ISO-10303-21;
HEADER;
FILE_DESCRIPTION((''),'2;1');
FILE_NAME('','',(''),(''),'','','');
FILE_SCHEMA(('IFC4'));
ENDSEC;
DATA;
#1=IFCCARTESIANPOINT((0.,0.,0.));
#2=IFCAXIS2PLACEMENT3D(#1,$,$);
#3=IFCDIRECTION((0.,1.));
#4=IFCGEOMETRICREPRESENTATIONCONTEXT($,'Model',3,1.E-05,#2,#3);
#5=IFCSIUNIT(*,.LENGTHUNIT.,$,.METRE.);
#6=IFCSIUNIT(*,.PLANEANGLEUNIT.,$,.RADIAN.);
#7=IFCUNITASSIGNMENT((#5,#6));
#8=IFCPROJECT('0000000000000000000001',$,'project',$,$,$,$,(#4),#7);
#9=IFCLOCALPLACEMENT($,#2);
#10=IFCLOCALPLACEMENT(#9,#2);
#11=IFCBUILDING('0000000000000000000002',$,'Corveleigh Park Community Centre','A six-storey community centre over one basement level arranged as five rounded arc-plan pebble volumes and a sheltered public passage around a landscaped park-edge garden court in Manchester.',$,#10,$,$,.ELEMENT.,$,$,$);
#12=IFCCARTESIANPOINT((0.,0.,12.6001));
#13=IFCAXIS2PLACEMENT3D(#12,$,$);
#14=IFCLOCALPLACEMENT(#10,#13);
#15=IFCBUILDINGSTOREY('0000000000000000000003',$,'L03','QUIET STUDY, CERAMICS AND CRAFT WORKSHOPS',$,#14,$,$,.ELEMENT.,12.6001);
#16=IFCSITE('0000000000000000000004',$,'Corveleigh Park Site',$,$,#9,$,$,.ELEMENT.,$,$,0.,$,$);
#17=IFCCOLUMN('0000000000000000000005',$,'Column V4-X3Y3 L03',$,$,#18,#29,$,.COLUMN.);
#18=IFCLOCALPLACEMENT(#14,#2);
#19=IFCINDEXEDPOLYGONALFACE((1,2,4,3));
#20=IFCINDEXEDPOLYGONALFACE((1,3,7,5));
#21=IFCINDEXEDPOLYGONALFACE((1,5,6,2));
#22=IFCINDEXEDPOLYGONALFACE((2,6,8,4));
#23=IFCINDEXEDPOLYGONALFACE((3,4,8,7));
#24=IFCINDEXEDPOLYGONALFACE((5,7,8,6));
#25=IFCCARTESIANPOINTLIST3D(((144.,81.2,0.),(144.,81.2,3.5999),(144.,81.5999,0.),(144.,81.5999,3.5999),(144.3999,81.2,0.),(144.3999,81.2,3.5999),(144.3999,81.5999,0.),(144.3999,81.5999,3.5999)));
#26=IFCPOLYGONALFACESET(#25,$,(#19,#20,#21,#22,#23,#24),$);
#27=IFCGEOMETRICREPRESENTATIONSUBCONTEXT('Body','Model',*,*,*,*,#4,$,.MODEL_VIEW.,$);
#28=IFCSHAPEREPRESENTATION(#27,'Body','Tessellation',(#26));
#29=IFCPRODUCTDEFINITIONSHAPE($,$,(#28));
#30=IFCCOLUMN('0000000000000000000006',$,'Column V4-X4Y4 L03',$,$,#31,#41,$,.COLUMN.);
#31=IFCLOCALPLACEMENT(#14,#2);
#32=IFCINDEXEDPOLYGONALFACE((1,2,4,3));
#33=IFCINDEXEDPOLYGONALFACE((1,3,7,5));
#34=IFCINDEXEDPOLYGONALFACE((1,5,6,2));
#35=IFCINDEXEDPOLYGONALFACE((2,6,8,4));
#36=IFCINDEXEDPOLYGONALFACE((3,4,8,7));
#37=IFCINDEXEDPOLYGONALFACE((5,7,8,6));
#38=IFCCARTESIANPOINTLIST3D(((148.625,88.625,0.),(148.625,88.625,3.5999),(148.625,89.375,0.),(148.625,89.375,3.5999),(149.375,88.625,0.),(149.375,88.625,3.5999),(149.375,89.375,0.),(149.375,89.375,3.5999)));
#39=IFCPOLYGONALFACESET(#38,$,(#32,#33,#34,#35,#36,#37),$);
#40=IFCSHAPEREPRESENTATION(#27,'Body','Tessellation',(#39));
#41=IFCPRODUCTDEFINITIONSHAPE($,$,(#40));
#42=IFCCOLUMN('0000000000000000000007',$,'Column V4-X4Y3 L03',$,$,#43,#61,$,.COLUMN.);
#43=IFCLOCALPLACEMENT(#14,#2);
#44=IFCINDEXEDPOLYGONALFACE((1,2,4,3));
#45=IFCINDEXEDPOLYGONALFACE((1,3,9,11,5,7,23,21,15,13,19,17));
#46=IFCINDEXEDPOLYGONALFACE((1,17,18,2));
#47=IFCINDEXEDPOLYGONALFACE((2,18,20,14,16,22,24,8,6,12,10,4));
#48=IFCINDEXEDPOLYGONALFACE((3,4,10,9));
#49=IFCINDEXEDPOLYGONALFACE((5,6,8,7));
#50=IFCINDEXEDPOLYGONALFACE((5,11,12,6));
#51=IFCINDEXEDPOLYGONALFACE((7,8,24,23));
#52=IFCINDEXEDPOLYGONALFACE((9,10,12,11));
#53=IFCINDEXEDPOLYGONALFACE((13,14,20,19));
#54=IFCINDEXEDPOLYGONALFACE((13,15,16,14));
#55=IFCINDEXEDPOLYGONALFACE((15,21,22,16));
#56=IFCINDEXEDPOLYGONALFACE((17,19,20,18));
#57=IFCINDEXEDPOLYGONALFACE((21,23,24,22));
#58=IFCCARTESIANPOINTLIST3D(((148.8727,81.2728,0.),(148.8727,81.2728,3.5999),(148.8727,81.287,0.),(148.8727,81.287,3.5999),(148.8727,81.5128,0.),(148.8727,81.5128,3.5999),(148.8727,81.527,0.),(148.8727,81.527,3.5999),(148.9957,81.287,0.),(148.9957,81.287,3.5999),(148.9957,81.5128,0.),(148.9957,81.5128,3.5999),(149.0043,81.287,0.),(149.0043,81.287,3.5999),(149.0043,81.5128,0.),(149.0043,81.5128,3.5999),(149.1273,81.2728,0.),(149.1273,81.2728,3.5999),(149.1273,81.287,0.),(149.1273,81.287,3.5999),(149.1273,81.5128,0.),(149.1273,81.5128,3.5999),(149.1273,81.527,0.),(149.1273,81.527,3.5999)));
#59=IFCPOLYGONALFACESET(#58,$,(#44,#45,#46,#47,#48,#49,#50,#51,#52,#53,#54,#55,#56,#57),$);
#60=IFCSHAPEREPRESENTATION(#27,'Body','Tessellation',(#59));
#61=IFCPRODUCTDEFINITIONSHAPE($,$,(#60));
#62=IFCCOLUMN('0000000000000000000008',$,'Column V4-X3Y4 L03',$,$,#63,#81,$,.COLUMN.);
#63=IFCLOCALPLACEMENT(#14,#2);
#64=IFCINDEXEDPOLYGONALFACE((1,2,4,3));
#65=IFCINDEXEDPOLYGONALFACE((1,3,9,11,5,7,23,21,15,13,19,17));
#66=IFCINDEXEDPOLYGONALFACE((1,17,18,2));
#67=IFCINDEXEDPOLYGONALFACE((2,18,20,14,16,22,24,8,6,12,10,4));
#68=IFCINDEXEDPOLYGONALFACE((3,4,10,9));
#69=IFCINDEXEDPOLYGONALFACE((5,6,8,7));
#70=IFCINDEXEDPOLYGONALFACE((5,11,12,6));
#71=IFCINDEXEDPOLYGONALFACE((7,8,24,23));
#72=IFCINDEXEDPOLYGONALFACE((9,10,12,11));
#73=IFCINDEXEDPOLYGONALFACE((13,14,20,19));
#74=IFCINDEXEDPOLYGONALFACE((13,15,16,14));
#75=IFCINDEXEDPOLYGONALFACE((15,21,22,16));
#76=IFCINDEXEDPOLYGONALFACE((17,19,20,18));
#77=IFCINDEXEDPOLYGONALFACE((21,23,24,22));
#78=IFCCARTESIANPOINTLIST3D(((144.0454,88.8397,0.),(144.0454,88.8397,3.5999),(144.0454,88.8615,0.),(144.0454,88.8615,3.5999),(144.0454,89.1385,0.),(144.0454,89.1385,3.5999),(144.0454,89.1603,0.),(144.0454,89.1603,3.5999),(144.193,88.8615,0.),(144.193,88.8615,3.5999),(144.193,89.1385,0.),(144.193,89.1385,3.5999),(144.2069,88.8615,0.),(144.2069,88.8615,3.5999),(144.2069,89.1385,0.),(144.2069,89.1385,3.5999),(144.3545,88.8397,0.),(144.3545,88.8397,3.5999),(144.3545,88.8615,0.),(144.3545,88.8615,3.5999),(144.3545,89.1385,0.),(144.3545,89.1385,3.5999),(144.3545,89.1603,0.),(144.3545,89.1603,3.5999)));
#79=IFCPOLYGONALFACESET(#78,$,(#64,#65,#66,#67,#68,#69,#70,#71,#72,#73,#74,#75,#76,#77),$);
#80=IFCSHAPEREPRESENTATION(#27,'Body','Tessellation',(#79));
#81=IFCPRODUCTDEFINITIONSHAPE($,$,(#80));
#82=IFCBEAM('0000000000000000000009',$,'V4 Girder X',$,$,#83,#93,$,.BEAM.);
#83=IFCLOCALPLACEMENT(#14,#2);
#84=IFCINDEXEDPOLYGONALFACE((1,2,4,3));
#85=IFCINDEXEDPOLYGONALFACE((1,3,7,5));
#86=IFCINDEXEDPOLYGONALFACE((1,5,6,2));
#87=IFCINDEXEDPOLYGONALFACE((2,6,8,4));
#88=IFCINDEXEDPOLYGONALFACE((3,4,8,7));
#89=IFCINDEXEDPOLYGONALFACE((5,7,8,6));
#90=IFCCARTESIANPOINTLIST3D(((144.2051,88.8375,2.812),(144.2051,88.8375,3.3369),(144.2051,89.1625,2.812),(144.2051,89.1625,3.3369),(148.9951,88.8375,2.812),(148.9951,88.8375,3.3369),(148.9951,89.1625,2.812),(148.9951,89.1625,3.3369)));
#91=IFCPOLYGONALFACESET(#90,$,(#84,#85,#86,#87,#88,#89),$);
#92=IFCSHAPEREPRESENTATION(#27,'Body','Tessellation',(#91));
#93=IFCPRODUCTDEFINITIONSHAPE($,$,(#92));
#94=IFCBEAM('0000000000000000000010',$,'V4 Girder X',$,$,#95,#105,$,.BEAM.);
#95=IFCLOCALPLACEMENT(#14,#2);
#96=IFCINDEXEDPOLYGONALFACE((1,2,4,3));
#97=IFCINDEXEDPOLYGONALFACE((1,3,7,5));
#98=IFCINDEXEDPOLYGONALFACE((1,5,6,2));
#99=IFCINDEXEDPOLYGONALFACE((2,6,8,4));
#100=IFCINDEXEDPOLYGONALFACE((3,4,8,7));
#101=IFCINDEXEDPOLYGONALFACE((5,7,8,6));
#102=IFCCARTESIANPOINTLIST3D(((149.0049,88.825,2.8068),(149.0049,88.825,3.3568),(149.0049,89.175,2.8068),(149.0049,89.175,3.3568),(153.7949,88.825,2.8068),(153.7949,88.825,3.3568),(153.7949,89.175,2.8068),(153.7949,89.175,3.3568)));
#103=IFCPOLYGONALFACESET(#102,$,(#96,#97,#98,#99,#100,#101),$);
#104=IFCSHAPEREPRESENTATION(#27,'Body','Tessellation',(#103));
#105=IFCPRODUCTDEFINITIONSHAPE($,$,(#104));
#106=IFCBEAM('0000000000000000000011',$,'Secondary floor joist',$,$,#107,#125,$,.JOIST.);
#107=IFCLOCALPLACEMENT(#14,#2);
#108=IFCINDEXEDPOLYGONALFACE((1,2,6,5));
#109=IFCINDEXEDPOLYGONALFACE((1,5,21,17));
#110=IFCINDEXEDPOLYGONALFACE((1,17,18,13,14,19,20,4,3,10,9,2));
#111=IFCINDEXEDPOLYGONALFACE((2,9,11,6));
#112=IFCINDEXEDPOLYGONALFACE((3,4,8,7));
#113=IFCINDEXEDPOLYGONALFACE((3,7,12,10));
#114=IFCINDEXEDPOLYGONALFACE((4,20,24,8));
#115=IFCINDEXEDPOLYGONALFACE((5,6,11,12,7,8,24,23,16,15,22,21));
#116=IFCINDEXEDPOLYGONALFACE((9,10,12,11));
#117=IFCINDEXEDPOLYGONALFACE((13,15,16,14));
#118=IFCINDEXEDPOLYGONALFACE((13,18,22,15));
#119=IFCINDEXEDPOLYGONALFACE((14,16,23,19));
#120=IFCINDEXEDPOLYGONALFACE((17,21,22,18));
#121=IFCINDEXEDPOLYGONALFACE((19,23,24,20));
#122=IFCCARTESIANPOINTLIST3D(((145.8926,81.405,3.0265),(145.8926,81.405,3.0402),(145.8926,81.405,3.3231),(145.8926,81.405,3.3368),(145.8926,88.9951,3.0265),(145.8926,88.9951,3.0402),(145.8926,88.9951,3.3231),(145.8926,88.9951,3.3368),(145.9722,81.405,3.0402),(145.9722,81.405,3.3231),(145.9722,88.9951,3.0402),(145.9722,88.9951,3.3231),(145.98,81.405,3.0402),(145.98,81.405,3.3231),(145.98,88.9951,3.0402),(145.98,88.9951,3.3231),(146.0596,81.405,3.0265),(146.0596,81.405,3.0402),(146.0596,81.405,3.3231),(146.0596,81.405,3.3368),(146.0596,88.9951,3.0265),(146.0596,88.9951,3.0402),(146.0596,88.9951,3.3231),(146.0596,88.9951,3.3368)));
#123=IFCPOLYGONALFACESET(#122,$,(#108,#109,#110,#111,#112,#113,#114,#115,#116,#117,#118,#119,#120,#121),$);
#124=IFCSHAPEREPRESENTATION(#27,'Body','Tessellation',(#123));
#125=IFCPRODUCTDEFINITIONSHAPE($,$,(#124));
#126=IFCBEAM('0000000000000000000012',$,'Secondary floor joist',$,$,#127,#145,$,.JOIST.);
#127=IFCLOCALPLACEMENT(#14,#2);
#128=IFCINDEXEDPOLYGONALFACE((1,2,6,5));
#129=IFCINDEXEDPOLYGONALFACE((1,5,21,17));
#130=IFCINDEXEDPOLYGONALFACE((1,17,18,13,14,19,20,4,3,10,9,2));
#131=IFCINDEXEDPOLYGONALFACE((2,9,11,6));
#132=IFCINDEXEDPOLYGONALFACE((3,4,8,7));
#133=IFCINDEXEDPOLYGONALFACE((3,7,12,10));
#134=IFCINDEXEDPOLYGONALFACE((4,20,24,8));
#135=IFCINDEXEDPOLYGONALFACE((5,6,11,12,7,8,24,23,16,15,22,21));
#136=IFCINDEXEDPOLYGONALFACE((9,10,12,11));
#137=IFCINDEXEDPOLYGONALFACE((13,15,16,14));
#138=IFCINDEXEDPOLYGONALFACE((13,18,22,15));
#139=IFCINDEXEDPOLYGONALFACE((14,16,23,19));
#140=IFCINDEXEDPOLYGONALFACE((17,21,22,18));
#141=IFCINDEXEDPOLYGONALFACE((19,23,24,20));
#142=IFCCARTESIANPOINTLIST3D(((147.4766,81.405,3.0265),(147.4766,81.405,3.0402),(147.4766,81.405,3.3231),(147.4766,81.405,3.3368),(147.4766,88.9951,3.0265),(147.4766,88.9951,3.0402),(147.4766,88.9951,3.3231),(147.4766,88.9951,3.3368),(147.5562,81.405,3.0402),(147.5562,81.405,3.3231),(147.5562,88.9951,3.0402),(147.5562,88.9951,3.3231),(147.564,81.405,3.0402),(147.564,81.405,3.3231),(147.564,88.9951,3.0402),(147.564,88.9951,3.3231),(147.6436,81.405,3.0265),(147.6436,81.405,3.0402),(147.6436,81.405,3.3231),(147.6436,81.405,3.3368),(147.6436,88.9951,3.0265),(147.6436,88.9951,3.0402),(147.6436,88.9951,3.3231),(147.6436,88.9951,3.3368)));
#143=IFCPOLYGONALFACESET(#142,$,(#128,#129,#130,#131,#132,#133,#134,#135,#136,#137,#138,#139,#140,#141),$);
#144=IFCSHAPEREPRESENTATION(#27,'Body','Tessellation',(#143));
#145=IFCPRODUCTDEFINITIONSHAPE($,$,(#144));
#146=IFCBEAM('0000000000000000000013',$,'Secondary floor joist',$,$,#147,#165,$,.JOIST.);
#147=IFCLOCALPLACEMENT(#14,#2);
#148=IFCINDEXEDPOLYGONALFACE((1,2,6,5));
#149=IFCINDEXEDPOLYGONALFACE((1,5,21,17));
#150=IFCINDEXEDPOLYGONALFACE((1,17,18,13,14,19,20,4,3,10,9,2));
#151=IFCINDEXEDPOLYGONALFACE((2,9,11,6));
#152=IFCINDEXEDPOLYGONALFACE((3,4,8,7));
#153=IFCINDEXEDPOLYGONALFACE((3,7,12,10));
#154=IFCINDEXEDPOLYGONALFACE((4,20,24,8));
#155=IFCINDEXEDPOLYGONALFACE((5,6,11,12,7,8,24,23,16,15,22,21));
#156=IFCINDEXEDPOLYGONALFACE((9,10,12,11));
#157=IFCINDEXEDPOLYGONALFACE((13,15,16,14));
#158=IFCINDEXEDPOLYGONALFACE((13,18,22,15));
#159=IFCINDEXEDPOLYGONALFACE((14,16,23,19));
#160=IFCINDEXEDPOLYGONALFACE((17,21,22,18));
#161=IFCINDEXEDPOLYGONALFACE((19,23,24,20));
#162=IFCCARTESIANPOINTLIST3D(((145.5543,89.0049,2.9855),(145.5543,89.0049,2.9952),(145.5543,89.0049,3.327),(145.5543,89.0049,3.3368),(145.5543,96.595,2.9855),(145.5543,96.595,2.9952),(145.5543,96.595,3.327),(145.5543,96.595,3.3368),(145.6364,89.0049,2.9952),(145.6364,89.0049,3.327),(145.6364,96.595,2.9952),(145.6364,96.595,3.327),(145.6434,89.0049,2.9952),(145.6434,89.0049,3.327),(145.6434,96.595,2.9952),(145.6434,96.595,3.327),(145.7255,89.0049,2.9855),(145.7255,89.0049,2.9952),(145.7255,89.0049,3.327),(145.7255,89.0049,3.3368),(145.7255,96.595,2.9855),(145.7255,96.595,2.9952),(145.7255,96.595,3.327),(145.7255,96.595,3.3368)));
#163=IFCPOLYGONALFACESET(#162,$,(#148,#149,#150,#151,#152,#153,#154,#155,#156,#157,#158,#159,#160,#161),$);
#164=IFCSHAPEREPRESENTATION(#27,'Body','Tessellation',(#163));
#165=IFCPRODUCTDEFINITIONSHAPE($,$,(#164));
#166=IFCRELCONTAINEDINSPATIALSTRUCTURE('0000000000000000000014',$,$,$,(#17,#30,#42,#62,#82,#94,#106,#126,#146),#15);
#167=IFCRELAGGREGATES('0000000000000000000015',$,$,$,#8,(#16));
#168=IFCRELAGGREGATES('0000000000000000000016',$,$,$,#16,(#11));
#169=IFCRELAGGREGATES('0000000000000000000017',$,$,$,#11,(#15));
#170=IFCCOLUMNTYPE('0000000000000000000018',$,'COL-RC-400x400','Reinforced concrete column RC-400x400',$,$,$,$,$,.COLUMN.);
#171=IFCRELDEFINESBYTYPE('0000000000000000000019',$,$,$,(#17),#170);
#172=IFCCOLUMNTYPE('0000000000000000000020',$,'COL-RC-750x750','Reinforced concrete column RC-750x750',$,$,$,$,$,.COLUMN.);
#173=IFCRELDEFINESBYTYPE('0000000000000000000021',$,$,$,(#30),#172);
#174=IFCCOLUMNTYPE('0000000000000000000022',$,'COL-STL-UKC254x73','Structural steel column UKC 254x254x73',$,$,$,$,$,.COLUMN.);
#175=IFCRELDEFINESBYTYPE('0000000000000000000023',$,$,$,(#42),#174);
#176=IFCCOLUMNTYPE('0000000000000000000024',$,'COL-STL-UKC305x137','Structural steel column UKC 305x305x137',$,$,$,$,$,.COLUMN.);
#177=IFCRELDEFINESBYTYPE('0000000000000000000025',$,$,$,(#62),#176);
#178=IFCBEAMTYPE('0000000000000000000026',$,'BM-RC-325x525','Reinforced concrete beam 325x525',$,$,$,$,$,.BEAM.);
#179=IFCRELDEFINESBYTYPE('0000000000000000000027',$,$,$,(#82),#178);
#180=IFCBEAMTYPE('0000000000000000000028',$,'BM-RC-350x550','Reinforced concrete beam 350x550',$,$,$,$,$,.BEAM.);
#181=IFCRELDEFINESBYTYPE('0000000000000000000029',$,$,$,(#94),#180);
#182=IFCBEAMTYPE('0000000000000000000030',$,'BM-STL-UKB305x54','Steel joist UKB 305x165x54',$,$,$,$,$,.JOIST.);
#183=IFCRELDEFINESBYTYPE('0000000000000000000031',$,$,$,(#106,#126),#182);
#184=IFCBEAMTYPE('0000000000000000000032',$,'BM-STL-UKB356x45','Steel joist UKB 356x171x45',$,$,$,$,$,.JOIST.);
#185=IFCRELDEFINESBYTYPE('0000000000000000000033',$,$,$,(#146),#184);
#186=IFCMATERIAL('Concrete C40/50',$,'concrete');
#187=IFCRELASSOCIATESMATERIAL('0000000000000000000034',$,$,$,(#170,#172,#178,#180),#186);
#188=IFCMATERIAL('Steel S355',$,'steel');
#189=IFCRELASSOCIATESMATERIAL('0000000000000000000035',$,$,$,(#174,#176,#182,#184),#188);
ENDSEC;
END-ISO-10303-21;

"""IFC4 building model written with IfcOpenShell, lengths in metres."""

from ifc_helpers import new_model, si_unit, direction, frame, origin, origin_2d, place, context, subcontext, project, spatial, rectangle, i_section, extrude, material, material_profile, profile_set, type_object, element, save


model = new_model("IFC4")

# Units and contexts
model_context = context("Model", 3, precision=1e-05, world=origin(), true_north=direction((0.0, 1.0)))
body_context = subcontext(model_context, "Body", "Model", "MODEL_VIEW")
ifc_project = project(units=[si_unit("LENGTHUNIT", "METRE"), si_unit("PLANEANGLEUNIT", "RADIAN")], contexts=[model_context])

# Site, building, storey
site_placement = place(None, origin())
site = spatial("IfcSite", under=ifc_project, at=site_placement, Name="Corveleigh Park Site", CompositionType="ELEMENT", RefElevation=0.0)
building_placement = place(site_placement, origin())
building = spatial("IfcBuilding", under=site, at=building_placement, Name="Corveleigh Park Community Centre", Description="A six-storey community centre over one basement level arranged as five rounded arc-plan pebble volumes and a sheltered public passage around a landscaped park-edge garden court in Manchester.", CompositionType="ELEMENT")
storey_placement = place(building_placement, frame((0.0, 0.0, 12.6001)))
storey = spatial("IfcBuildingStorey", under=building, at=storey_placement, Name="L03", Description="QUIET STUDY, CERAMICS AND CRAFT WORKSHOPS", CompositionType="ELEMENT", Elevation=12.6001)

# Columns
ifc_material_1 = material(Name="Concrete C40/50", Category="concrete")
ifc_material_profile_1 = material_profile(ifc_material_1, rectangle(XDim=0.3999, YDim=0.3999, at=origin_2d()), Name="RC-400x400", Category="concrete")
ifc_profile_set_1 = profile_set([ifc_material_profile_1], Name="Concrete C40/50")
column_type_1 = type_object("IfcColumnType", Name="COL-RC-400x400", Description="Reinforced concrete column RC-400x400", PredefinedType="COLUMN", material=ifc_profile_set_1)
column_1_placement = place(storey_placement, frame((144.2, 81.3999, 0.0), z_axis=(0.0, 0.0, 1.0), x_axis=(1.0, 0.0, 0.0)))
element("IfcColumn", 1, at=column_1_placement, inside=storey, type_object=column_type_1, Name="Column V4-X3Y3 L03", PredefinedType="COLUMN", context=body_context, shape_type="SweptSolid", body=[
    extrude(rectangle(XDim=0.3999, YDim=0.3999, at=origin_2d()), origin(), (0.0, 0.0, 1.0), 3.5999),
])
ifc_material_profile_2 = material_profile(ifc_material_1, rectangle(XDim=0.75, YDim=0.75, at=origin_2d()), Name="RC-750x750", Category="concrete")
ifc_profile_set_2 = profile_set([ifc_material_profile_2], Name="Concrete C40/50")
column_type_2 = type_object("IfcColumnType", Name="COL-RC-750x750", Description="Reinforced concrete column RC-750x750", PredefinedType="COLUMN", material=ifc_profile_set_2)
column_2_placement = place(storey_placement, frame((149.0, 89.0, 0.0), z_axis=(0.0, 0.0, 1.0), x_axis=(1.0, 0.0, 0.0)))
element("IfcColumn", 2, at=column_2_placement, inside=storey, type_object=column_type_2, Name="Column V4-X4Y4 L03", PredefinedType="COLUMN", context=body_context, shape_type="SweptSolid", body=[
    extrude(rectangle(XDim=0.75, YDim=0.75, at=origin_2d()), origin(), (0.0, 0.0, 1.0), 3.5999),
])
ifc_material_2 = material(Name="Steel S355", Category="steel")
ifc_material_profile_3 = material_profile(ifc_material_2, i_section(OverallWidth=0.2546, OverallDepth=0.2542, WebThickness=0.0085, FlangeThickness=0.0142, at=origin_2d()), Name="UKC 254x254x73", Category="steel")
ifc_profile_set_3 = profile_set([ifc_material_profile_3], Name="Steel S355")
column_type_3 = type_object("IfcColumnType", Name="COL-STL-UKC254x73", Description="Structural steel column UKC 254x254x73", PredefinedType="COLUMN", material=ifc_profile_set_3)
column_3_placement = place(storey_placement, frame((149.0, 81.3999, 0.0), z_axis=(0.0, 0.0, 1.0), x_axis=(1.0, 0.0, 0.0)))
element("IfcColumn", 3, at=column_3_placement, inside=storey, type_object=column_type_3, Name="Column V4-X4Y3 L03", PredefinedType="COLUMN", context=body_context, shape_type="SweptSolid", body=[
    extrude(i_section(OverallWidth=0.2546, OverallDepth=0.2542, WebThickness=0.0085, FlangeThickness=0.0142, at=origin_2d()), origin(), (0.0, 0.0, 1.0), 3.5999),
])
ifc_material_profile_4 = material_profile(ifc_material_2, i_section(OverallWidth=0.3091, OverallDepth=0.3206, WebThickness=0.0139, FlangeThickness=0.0217, at=origin_2d()), Name="UKC 305x305x137", Category="steel")
ifc_profile_set_4 = profile_set([ifc_material_profile_4], Name="Steel S355")
column_type_4 = type_object("IfcColumnType", Name="COL-STL-UKC305x137", Description="Structural steel column UKC 305x305x137", PredefinedType="COLUMN", material=ifc_profile_set_4)
column_4_placement = place(storey_placement, frame((144.2, 89.0, 0.0), z_axis=(0.0, 0.0, 1.0), x_axis=(1.0, 0.0, 0.0)))
element("IfcColumn", 4, at=column_4_placement, inside=storey, type_object=column_type_4, Name="Column V4-X3Y4 L03", PredefinedType="COLUMN", context=body_context, shape_type="SweptSolid", body=[
    extrude(i_section(OverallWidth=0.3091, OverallDepth=0.3206, WebThickness=0.0139, FlangeThickness=0.0217, at=origin_2d()), origin(), (0.0, 0.0, 1.0), 3.5999),
])

# Beams
ifc_material_profile_5 = material_profile(ifc_material_1, rectangle(XDim=0.325, YDim=0.5249, at=origin_2d()), Name="RC-325x525", Category="concrete")
ifc_profile_set_5 = profile_set([ifc_material_profile_5], Name="Concrete C40/50")
beam_type_1 = type_object("IfcBeamType", Name="BM-RC-325x525", Description="Reinforced concrete beam 325x525", PredefinedType="BEAM", material=ifc_profile_set_5)
beam_1_placement = place(storey_placement, frame((144.2051, 89.0, 3.0745), z_axis=(1.0, 0.0, 0.0), x_axis=(0.0, 1.0, 0.0)))
element("IfcBeam", 5, at=beam_1_placement, inside=storey, type_object=beam_type_1, Name="V4 Girder X", PredefinedType="BEAM", context=body_context, shape_type="SweptSolid", body=[
    extrude(rectangle(XDim=0.325, YDim=0.5249, at=origin_2d()), origin(), (0.0, 0.0, 1.0), 4.79),
])
ifc_material_profile_6 = material_profile(ifc_material_1, rectangle(XDim=0.3501, YDim=0.55, at=origin_2d()), Name="RC-350x550", Category="concrete")
ifc_profile_set_6 = profile_set([ifc_material_profile_6], Name="Concrete C40/50")
beam_type_2 = type_object("IfcBeamType", Name="BM-RC-350x550", Description="Reinforced concrete beam 350x550", PredefinedType="BEAM", material=ifc_profile_set_6)
beam_2_placement = place(storey_placement, frame((149.0049, 89.0, 3.0818), z_axis=(1.0, 0.0, 0.0), x_axis=(0.0, 1.0, 0.0)))
element("IfcBeam", 6, at=beam_2_placement, inside=storey, type_object=beam_type_2, Name="V4 Girder X", PredefinedType="BEAM", context=body_context, shape_type="SweptSolid", body=[
    extrude(rectangle(XDim=0.3501, YDim=0.55, at=origin_2d()), origin(), (0.0, 0.0, 1.0), 4.79),
])
ifc_material_profile_7 = material_profile(ifc_material_2, i_section(OverallWidth=0.167, OverallDepth=0.3103, WebThickness=0.0078, FlangeThickness=0.0137, at=origin_2d()), Name="UKB 305x165x54", Category="steel")
ifc_profile_set_7 = profile_set([ifc_material_profile_7], Name="Steel S355")
beam_type_3 = type_object("IfcBeamType", Name="BM-STL-UKB305x54", Description="Steel joist UKB 305x165x54", PredefinedType="JOIST", material=ifc_profile_set_7)
for number, where, z_axis, x_axis, name in (
    (7, (145.9761, 81.405, 3.1816), (0.0, 1.0, 0.0), (-1.0, 0.0, 0.0), "Secondary floor joist"),
    (8, (147.5601, 81.405, 3.1816), (0.0, 1.0, 0.0), (-1.0, 0.0, 0.0), "Secondary floor joist"),
):
    element("IfcBeam", number, at=place(storey_placement, frame(where, z_axis=z_axis, x_axis=x_axis)), inside=storey, type_object=beam_type_3, Name=name, PredefinedType="JOIST", context=body_context, shape_type="SweptSolid", body=[
        extrude(i_section(OverallWidth=0.167, OverallDepth=0.3103, WebThickness=0.0078, FlangeThickness=0.0137, at=origin_2d()), origin(), (0.0, 0.0, 1.0), 7.5901),
    ])
ifc_material_profile_8 = material_profile(ifc_material_2, i_section(OverallWidth=0.1711, OverallDepth=0.3513, WebThickness=0.0071, FlangeThickness=0.0098, at=origin_2d()), Name="UKB 356x171x45", Category="steel")
ifc_profile_set_8 = profile_set([ifc_material_profile_8], Name="Steel S355")
beam_type_4 = type_object("IfcBeamType", Name="BM-STL-UKB356x45", Description="Steel joist UKB 356x171x45", PredefinedType="JOIST", material=ifc_profile_set_8)
for number, where, z_axis, x_axis, name in (
    (9, (145.6399, 89.0049, 3.1611), (0.0, 1.0, 0.0), (-1.0, 0.0, 0.0), "Secondary floor joist"),
):
    element("IfcBeam", number, at=place(storey_placement, frame(where, z_axis=z_axis, x_axis=x_axis)), inside=storey, type_object=beam_type_4, Name=name, PredefinedType="JOIST", context=body_context, shape_type="SweptSolid", body=[
        extrude(i_section(OverallWidth=0.1711, OverallDepth=0.3513, WebThickness=0.0071, FlangeThickness=0.0098, at=origin_2d()), origin(), (0.0, 0.0, 1.0), 7.5901),
    ])

save(model, "model.ifc")
